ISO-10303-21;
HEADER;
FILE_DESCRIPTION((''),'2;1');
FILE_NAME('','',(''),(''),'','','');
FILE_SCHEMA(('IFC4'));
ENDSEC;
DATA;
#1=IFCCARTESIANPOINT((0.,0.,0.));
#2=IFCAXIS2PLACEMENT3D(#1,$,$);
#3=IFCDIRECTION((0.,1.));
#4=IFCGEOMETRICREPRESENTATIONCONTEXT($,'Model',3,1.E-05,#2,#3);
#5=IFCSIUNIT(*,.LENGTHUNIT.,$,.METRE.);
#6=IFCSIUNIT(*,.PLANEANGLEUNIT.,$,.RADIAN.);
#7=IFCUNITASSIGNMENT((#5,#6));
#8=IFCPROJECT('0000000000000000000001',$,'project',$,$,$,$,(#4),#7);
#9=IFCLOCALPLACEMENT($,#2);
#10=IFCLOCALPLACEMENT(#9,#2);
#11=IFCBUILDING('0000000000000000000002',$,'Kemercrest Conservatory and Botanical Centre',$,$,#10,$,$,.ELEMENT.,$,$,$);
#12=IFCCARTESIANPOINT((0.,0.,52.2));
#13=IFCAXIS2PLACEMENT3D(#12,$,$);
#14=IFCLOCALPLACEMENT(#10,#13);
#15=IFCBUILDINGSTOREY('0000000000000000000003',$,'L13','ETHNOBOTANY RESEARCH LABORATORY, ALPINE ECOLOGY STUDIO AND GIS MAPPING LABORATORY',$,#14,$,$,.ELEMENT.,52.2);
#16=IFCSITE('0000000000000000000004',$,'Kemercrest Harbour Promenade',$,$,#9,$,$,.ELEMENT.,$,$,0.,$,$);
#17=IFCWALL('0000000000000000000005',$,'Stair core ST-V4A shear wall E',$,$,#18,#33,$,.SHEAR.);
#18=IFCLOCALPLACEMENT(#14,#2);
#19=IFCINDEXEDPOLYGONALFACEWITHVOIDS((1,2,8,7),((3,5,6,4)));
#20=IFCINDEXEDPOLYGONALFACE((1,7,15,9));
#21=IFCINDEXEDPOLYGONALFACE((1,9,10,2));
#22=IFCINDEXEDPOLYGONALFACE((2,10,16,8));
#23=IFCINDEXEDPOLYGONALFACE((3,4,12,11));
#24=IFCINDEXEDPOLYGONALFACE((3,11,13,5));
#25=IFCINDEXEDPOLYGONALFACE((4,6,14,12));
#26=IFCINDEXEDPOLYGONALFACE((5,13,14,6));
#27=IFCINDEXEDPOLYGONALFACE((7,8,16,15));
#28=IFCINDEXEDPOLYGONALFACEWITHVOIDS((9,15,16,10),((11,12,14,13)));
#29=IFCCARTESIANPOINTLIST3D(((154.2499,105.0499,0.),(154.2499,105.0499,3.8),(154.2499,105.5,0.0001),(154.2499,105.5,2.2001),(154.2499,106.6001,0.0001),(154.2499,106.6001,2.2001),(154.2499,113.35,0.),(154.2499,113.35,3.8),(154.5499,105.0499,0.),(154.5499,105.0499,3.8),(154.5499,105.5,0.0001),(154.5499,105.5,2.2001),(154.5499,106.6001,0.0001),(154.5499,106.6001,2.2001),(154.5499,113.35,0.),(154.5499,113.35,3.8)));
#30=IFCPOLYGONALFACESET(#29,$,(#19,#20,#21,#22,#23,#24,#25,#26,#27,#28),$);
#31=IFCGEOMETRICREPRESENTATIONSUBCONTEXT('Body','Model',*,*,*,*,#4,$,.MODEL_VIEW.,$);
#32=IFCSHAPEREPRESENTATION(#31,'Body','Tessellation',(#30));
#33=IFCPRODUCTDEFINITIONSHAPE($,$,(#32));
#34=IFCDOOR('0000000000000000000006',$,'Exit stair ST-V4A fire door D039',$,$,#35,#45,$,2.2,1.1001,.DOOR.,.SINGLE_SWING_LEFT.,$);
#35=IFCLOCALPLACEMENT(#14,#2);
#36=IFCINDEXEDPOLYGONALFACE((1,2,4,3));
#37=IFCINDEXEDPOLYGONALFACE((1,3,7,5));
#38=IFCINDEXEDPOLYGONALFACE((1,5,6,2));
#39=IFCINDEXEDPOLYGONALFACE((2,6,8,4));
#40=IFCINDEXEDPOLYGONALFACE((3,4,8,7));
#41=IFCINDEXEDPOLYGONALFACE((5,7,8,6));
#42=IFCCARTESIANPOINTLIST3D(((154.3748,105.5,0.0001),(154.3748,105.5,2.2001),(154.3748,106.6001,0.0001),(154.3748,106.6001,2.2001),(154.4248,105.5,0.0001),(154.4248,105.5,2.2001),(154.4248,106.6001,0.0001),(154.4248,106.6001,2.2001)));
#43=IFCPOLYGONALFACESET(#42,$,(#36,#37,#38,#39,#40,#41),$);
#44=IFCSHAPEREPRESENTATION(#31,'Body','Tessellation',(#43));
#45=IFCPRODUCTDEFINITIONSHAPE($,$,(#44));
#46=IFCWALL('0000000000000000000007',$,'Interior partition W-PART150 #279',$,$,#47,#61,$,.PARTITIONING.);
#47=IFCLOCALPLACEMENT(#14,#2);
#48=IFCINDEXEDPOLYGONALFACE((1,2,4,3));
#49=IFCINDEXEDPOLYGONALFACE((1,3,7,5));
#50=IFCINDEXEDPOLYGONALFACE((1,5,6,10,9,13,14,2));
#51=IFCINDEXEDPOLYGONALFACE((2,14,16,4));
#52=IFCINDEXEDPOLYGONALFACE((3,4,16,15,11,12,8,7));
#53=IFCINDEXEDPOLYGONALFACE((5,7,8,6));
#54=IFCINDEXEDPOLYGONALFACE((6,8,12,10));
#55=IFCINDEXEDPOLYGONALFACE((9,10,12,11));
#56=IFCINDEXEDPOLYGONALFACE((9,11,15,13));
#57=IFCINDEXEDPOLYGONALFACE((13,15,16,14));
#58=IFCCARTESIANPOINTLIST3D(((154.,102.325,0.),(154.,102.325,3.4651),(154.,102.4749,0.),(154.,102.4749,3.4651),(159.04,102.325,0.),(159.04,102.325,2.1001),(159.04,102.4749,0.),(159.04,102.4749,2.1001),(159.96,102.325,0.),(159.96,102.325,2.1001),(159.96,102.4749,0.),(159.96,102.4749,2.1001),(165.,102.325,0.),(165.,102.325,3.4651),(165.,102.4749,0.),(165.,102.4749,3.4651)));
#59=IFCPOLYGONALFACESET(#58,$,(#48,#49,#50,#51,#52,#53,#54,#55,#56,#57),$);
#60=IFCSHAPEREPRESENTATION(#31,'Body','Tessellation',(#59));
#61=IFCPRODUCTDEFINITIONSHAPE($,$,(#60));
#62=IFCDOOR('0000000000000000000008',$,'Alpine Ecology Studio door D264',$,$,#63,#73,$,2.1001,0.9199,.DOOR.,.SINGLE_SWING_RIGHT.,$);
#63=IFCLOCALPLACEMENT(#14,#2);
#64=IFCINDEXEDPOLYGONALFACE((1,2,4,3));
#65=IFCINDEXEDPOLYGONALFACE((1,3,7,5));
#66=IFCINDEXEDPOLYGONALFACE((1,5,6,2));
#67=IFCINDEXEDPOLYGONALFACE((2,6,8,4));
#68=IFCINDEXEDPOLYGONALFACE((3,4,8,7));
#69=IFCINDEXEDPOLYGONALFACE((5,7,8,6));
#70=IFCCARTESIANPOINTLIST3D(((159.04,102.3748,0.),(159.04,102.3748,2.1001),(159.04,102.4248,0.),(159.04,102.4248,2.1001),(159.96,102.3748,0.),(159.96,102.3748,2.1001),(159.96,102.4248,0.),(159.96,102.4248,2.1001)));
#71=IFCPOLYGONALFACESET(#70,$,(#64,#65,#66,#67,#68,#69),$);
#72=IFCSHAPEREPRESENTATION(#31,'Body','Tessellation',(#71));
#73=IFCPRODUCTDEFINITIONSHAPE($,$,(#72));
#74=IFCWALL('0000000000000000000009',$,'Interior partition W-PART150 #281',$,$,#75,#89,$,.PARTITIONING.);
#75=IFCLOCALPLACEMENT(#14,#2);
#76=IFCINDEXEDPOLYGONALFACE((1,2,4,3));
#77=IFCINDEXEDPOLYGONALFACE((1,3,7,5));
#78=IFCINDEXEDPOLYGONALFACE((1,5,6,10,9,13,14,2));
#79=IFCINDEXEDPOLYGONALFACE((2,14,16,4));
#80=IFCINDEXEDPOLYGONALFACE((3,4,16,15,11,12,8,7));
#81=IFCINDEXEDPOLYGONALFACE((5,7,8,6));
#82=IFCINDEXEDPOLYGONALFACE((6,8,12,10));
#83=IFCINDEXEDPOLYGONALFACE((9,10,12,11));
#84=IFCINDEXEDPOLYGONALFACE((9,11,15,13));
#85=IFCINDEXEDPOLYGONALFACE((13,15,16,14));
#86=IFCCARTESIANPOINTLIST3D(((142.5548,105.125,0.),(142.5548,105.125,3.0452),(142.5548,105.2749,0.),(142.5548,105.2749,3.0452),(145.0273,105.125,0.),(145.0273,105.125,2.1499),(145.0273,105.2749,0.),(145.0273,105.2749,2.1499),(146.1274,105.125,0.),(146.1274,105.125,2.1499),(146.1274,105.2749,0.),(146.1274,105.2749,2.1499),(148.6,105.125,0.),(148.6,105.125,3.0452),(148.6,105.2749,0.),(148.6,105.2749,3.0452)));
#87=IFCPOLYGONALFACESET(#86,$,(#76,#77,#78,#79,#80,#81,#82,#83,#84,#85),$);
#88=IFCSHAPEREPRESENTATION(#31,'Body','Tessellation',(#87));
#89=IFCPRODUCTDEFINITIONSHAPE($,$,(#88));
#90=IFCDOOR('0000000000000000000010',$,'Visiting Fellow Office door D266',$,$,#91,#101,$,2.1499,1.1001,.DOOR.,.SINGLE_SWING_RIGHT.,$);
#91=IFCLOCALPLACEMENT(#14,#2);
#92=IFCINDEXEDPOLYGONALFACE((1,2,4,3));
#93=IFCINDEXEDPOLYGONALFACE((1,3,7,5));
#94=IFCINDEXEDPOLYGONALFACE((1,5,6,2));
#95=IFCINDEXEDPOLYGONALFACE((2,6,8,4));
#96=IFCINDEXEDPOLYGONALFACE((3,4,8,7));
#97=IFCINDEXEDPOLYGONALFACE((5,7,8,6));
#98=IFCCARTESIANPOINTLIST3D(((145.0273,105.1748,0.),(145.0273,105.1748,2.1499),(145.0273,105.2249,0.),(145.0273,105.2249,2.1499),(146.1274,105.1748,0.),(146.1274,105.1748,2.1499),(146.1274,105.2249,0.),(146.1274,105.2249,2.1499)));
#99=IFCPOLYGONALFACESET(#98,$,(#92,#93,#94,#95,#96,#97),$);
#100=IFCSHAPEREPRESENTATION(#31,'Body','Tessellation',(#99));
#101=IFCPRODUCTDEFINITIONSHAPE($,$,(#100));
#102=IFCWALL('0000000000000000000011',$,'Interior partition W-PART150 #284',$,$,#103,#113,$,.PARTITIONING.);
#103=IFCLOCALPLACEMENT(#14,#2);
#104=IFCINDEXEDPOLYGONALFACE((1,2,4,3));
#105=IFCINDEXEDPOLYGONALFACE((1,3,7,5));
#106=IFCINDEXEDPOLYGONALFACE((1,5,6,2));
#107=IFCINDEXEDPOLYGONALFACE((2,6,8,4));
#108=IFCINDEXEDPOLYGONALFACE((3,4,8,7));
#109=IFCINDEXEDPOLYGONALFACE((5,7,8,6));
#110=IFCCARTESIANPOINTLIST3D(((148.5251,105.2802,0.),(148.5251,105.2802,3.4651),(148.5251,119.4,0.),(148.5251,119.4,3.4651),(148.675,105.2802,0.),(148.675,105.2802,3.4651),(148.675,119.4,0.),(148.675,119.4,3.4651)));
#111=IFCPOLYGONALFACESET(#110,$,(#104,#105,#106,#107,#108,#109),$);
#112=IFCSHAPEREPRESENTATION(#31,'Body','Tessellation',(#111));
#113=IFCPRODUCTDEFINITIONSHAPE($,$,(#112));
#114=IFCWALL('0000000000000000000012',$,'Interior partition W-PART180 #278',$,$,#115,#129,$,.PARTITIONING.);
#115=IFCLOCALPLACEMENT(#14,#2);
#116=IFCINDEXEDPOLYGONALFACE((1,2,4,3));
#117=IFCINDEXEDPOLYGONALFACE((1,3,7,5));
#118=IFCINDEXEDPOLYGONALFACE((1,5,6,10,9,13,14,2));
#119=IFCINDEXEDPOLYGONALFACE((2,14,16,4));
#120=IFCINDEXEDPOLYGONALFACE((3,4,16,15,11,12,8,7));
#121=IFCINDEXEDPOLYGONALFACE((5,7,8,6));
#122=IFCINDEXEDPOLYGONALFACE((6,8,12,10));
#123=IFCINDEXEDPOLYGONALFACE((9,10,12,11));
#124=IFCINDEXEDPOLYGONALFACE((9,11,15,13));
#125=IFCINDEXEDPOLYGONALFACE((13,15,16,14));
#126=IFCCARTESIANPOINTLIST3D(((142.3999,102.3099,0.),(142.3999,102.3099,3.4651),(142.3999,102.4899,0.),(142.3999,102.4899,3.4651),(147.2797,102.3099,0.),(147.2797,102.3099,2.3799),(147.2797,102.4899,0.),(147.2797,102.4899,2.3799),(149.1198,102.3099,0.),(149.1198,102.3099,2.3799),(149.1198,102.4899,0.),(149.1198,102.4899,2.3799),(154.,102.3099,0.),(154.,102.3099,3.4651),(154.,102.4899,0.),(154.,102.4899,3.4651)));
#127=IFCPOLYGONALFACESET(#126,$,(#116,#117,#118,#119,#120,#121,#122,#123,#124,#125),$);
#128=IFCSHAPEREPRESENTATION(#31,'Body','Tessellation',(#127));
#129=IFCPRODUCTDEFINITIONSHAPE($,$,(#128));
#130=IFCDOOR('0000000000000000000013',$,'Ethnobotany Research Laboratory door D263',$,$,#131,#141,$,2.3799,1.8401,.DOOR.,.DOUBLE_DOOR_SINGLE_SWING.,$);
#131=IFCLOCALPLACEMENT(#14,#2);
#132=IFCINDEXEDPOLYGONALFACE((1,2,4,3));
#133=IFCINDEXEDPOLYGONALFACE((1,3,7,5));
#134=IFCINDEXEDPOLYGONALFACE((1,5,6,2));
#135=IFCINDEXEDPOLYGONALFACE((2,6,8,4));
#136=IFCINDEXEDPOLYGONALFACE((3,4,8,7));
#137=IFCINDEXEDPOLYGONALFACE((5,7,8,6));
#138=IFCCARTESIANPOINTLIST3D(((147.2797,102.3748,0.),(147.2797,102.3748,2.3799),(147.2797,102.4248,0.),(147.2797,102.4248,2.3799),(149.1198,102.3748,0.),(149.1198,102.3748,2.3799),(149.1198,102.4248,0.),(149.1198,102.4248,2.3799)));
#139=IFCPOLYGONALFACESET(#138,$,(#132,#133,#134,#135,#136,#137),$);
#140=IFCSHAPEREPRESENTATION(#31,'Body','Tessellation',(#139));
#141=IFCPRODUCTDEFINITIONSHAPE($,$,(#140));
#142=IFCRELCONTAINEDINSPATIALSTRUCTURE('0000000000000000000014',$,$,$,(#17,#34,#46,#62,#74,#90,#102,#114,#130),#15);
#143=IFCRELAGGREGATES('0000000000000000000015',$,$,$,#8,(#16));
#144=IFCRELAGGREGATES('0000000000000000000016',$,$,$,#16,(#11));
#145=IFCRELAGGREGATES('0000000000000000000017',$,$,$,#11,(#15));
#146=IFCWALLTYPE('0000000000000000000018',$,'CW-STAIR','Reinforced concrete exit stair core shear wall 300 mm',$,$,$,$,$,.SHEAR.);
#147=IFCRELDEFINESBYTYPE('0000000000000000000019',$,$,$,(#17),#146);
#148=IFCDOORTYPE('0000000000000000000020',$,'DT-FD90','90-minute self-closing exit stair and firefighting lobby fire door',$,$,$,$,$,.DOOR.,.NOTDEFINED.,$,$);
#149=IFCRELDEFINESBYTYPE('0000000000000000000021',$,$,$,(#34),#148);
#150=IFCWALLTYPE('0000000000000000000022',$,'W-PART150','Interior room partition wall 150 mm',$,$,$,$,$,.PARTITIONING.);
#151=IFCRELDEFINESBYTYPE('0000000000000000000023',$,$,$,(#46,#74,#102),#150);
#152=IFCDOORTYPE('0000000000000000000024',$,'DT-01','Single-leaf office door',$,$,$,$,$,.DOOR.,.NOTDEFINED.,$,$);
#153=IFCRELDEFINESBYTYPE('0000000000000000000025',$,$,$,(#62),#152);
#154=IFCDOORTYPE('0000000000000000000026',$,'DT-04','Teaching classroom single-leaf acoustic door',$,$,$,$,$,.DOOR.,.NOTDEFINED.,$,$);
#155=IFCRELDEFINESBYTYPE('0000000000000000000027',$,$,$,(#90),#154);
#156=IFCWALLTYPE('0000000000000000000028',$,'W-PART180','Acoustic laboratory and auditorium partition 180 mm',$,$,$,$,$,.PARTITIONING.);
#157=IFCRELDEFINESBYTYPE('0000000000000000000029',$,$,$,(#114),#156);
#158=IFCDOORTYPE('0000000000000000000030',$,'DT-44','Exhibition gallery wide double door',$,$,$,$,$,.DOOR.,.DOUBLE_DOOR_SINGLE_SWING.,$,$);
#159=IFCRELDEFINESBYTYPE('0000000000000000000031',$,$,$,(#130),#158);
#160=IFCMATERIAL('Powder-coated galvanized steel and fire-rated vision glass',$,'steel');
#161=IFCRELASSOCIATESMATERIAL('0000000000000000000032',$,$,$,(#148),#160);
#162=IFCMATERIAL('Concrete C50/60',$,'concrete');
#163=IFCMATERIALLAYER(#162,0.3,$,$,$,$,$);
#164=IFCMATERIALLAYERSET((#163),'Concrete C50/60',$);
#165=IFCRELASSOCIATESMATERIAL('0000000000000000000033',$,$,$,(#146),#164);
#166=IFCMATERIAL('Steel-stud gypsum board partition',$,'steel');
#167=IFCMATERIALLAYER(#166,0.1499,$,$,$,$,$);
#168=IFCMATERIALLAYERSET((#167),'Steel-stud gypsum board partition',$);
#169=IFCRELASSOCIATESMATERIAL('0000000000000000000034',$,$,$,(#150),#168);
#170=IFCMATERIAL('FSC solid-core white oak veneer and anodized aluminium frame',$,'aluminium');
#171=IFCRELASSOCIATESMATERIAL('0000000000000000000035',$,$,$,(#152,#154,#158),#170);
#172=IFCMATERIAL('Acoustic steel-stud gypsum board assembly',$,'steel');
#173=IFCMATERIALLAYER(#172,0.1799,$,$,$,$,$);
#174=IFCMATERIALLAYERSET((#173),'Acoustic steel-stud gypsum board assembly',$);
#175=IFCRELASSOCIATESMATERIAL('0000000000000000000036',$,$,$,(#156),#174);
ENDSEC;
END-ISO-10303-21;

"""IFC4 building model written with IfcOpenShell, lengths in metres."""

from ifc_helpers import new_model, si_unit, direction, frame, frame_2d, origin, place, context, subcontext, project, spatial, rectangle, extrude, material, layer, layer_set, type_object, element, fill, save


model = new_model("IFC4")

# Units and contexts
model_context = context("Model", 3, precision=1e-05, world=origin(), true_north=direction((0.0, 1.0)))
body_context = subcontext(model_context, "Body", "Model", "MODEL_VIEW")
ifc_project = project(units=[si_unit("LENGTHUNIT", "METRE"), si_unit("PLANEANGLEUNIT", "RADIAN")], contexts=[model_context])

# Site, building, storey
site_placement = place(None, origin())
site = spatial("IfcSite", under=ifc_project, at=site_placement, Name="Kemercrest Harbour Promenade", CompositionType="ELEMENT", RefElevation=0.0)
building_placement = place(site_placement, origin())
building = spatial("IfcBuilding", under=site, at=building_placement, Name="Kemercrest Conservatory and Botanical Centre", CompositionType="ELEMENT")
storey_placement = place(building_placement, frame((0.0, 0.0, 52.2)))
storey = spatial("IfcBuildingStorey", under=building, at=storey_placement, Name="L13", Description="ETHNOBOTANY RESEARCH LABORATORY, ALPINE ECOLOGY STUDIO AND GIS MAPPING LABORATORY", CompositionType="ELEMENT", Elevation=52.2)

# Shared definitions
ifc_material_1 = material(Name="Concrete C50/60", Category="concrete")
ifc_material_2 = material(Name="Powder-coated galvanized steel and fire-rated vision glass", Category="steel")
door_type_1 = type_object("IfcDoorType", Name="DT-FD90", Description="90-minute self-closing exit stair and firefighting lobby fire door", OperationType="NOTDEFINED", PredefinedType="DOOR", material=ifc_material_2)

# Shared definitions
ifc_layer_1 = layer(ifc_material_1, 0.3)
ifc_layer_set_1 = layer_set([ifc_layer_1], Name="Concrete C50/60")
wall_type_1 = type_object("IfcWallType", Name="CW-STAIR", Description="Reinforced concrete exit stair core shear wall 300 mm", PredefinedType="SHEAR", material=ifc_layer_set_1)

# Walls, openings, doors
wall_1_placement = place(storey_placement, frame((154.3999, 105.05, 0.0), z_axis=(0.0, 0.0, 1.0), x_axis=(0.0, 1.0, 0.0)))
wall_1 = element("IfcWall", 1, at=wall_1_placement, inside=storey, type_object=wall_type_1, Name="Stair core ST-V4A shear wall E", PredefinedType="SHEAR", context=body_context, shape_type="SweptSolid", body=[
    extrude(rectangle(XDim=8.3, YDim=0.3, at=frame_2d((4.1499, 0.0))), origin(), (0.0, 0.0, 1.0), 3.8),
])
opening_1_placement = place(wall_1_placement, frame((0.45, 0.0, 0.0)))
opening_1 = element("IfcOpeningElement", 2, at=opening_1_placement, cuts=wall_1, PredefinedType="OPENING", context=body_context, shape_type="SweptSolid", body=[
    extrude(rectangle(XDim=1.1001, YDim=2.2, at=frame_2d((0.55, 1.1001))), frame((0.0, 0.1602, 0.0), z_axis=(0.0, -1.0, 0.0), x_axis=(1.0, 0.0, 0.0)), (0.0, 0.0, 1.0), 0.3201),
])
door_1_placement = place(opening_1_placement, frame((1.1001, 0.0, 0.0), z_axis=(0.0, 0.0, 1.0), x_axis=(-1.0, 0.0, 0.0)))
door_1 = element("IfcDoor", 3, at=door_1_placement, inside=storey, type_object=door_type_1, Name="Exit stair ST-V4A fire door D039", OperationType="SINGLE_SWING_LEFT", OverallHeight=2.2, OverallWidth=1.1001, PredefinedType="DOOR", context=body_context, shape_type="SweptSolid", body=[
    extrude(rectangle(XDim=1.1001, YDim=2.2, at=frame_2d((0.55, 1.1001))), frame((0.0, 0.0249, 0.0), z_axis=(0.0, -1.0, 0.0), x_axis=(1.0, 0.0, 0.0)), (0.0, 0.0, 1.0), 0.05),
])
fill(opening_1, door_1)
ifc_material_3 = material(Name="Steel-stud gypsum board partition", Category="steel")
ifc_layer_2 = layer(ifc_material_3, 0.1499)
ifc_layer_set_2 = layer_set([ifc_layer_2], Name="Steel-stud gypsum board partition")
wall_type_2 = type_object("IfcWallType", Name="W-PART150", Description="Interior room partition wall 150 mm", PredefinedType="PARTITIONING", material=ifc_layer_set_2)
wall_2_placement = place(storey_placement, frame((154.0, 102.3999, 0.0), z_axis=(0.0, 0.0, 1.0), x_axis=(1.0, 0.0, 0.0)))
wall_2 = element("IfcWall", 4, at=wall_2_placement, inside=storey, type_object=wall_type_2, Name="Interior partition W-PART150 #279", PredefinedType="PARTITIONING", context=body_context, shape_type="SweptSolid", body=[
    extrude(rectangle(XDim=11.0, YDim=0.1499, at=frame_2d((5.5, 0.0))), origin(), (0.0, 0.0, 1.0), 3.4651),
])
opening_2_placement = place(wall_2_placement, frame((5.04, 0.0, 0.0)))
opening_2 = element("IfcOpeningElement", 5, at=opening_2_placement, cuts=wall_2, PredefinedType="OPENING", context=body_context, shape_type="SweptSolid", body=[
    extrude(rectangle(XDim=0.9199, YDim=2.1001, at=frame_2d((0.46, 1.05))), frame((0.0, 0.085, 0.0), z_axis=(0.0, -1.0, 0.0), x_axis=(1.0, 0.0, 0.0)), (0.0, 0.0, 1.0), 0.1699),
])
ifc_material_4 = material(Name="FSC solid-core white oak veneer and anodized aluminium frame", Category="aluminium")
door_type_2 = type_object("IfcDoorType", Name="DT-01", Description="Single-leaf office door", OperationType="NOTDEFINED", PredefinedType="DOOR", material=ifc_material_4)
door_2_placement = place(opening_2_placement, origin())
door_2 = element("IfcDoor", 6, at=door_2_placement, inside=storey, type_object=door_type_2, Name="Alpine Ecology Studio door D264", OperationType="SINGLE_SWING_RIGHT", OverallHeight=2.1001, OverallWidth=0.9199, PredefinedType="DOOR", context=body_context, shape_type="SweptSolid", body=[
    extrude(rectangle(XDim=0.9199, YDim=2.1001, at=frame_2d((0.46, 1.05))), frame((0.0, 0.0249, 0.0), z_axis=(0.0, -1.0, 0.0), x_axis=(1.0, 0.0, 0.0)), (0.0, 0.0, 1.0), 0.05),
])
fill(opening_2, door_2)
wall_3_placement = place(storey_placement, frame((142.5549, 105.2, 0.0), z_axis=(0.0, 0.0, 1.0), x_axis=(1.0, 0.0, 0.0)))
wall_3 = element("IfcWall", 7, at=wall_3_placement, inside=storey, type_object=wall_type_2, Name="Interior partition W-PART150 #281", PredefinedType="PARTITIONING", context=body_context, shape_type="SweptSolid", body=[
    extrude(rectangle(XDim=6.0452, YDim=0.1499, at=frame_2d((3.0225, 0.0))), origin(), (0.0, 0.0, 1.0), 3.0452),
])
opening_3_placement = place(wall_3_placement, frame((2.4724, 0.0, 0.0)))
opening_3 = element("IfcOpeningElement", 8, at=opening_3_placement, cuts=wall_3, PredefinedType="OPENING", context=body_context, shape_type="SweptSolid", body=[
    extrude(rectangle(XDim=1.1001, YDim=2.1499, at=frame_2d((0.55, 1.075))), frame((0.0, 0.085, 0.0), z_axis=(0.0, -1.0, 0.0), x_axis=(1.0, 0.0, 0.0)), (0.0, 0.0, 1.0), 0.1699),
])
door_type_3 = type_object("IfcDoorType", Name="DT-04", Description="Teaching classroom single-leaf acoustic door", OperationType="NOTDEFINED", PredefinedType="DOOR", material=ifc_material_4)
door_3_placement = place(opening_3_placement, origin())
door_3 = element("IfcDoor", 9, at=door_3_placement, inside=storey, type_object=door_type_3, Name="Visiting Fellow Office door D266", OperationType="SINGLE_SWING_RIGHT", OverallHeight=2.1499, OverallWidth=1.1001, PredefinedType="DOOR", context=body_context, shape_type="SweptSolid", body=[
    extrude(rectangle(XDim=1.1001, YDim=2.1499, at=frame_2d((0.55, 1.075))), frame((0.0, 0.0249, 0.0), z_axis=(0.0, -1.0, 0.0), x_axis=(1.0, 0.0, 0.0)), (0.0, 0.0, 1.0), 0.05),
])
fill(opening_3, door_3)

# Wall
wall_4_placement = place(storey_placement, frame((148.6001, 105.28, 0.0), z_axis=(0.0, 0.0, 1.0), x_axis=(0.0, 1.0, 0.0)))
element("IfcWall", 10, at=wall_4_placement, inside=storey, type_object=wall_type_2, Name="Interior partition W-PART150 #284", PredefinedType="PARTITIONING", context=body_context, shape_type="SweptSolid", body=[
    extrude(rectangle(XDim=14.1199, YDim=0.1499, at=frame_2d((7.0601, 0.0))), origin(), (0.0, 0.0, 1.0), 3.4651),
])

# Wall, opening, door
ifc_material_5 = material(Name="Acoustic steel-stud gypsum board assembly", Category="steel")
ifc_layer_3 = layer(ifc_material_5, 0.1799)
ifc_layer_set_3 = layer_set([ifc_layer_3], Name="Acoustic steel-stud gypsum board assembly")
wall_type_3 = type_object("IfcWallType", Name="W-PART180", Description="Acoustic laboratory and auditorium partition 180 mm", PredefinedType="PARTITIONING", material=ifc_layer_set_3)
wall_5_placement = place(storey_placement, frame((142.3999, 102.3999, 0.0), z_axis=(0.0, 0.0, 1.0), x_axis=(1.0, 0.0, 0.0)))
wall_5 = element("IfcWall", 11, at=wall_5_placement, inside=storey, type_object=wall_type_3, Name="Interior partition W-PART180 #278", PredefinedType="PARTITIONING", context=body_context, shape_type="SweptSolid", body=[
    extrude(rectangle(XDim=11.6001, YDim=0.1799, at=frame_2d((5.8, 0.0))), origin(), (0.0, 0.0, 1.0), 3.4651),
])
opening_4_placement = place(wall_5_placement, frame((4.8799, 0.0, 0.0)))
opening_4 = element("IfcOpeningElement", 12, at=opening_4_placement, cuts=wall_5, PredefinedType="OPENING", context=body_context, shape_type="SweptSolid", body=[
    extrude(rectangle(XDim=1.8401, YDim=2.3799, at=frame_2d((0.9199, 1.1899))), frame((0.0, 0.1001, 0.0), z_axis=(0.0, -1.0, 0.0), x_axis=(1.0, 0.0, 0.0)), (0.0, 0.0, 1.0), 0.2),
])
door_type_4 = type_object("IfcDoorType", Name="DT-44", Description="Exhibition gallery wide double door", OperationType="DOUBLE_DOOR_SINGLE_SWING", PredefinedType="DOOR", material=ifc_material_4)
door_4_placement = place(opening_4_placement, origin())
door_4 = element("IfcDoor", 13, at=door_4_placement, inside=storey, type_object=door_type_4, Name="Ethnobotany Research Laboratory door D263", OperationType="DOUBLE_DOOR_SINGLE_SWING", OverallHeight=2.3799, OverallWidth=1.8401, PredefinedType="DOOR", context=body_context, shape_type="SweptSolid", body=[
    extrude(rectangle(XDim=1.8401, YDim=2.3799, at=frame_2d((0.9199, 1.1899))), frame((0.0, 0.0249, 0.0), z_axis=(0.0, -1.0, 0.0), x_axis=(1.0, 0.0, 0.0)), (0.0, 0.0, 1.0), 0.05),
])
fill(opening_4, door_4)

save(model, "model.ifc")
